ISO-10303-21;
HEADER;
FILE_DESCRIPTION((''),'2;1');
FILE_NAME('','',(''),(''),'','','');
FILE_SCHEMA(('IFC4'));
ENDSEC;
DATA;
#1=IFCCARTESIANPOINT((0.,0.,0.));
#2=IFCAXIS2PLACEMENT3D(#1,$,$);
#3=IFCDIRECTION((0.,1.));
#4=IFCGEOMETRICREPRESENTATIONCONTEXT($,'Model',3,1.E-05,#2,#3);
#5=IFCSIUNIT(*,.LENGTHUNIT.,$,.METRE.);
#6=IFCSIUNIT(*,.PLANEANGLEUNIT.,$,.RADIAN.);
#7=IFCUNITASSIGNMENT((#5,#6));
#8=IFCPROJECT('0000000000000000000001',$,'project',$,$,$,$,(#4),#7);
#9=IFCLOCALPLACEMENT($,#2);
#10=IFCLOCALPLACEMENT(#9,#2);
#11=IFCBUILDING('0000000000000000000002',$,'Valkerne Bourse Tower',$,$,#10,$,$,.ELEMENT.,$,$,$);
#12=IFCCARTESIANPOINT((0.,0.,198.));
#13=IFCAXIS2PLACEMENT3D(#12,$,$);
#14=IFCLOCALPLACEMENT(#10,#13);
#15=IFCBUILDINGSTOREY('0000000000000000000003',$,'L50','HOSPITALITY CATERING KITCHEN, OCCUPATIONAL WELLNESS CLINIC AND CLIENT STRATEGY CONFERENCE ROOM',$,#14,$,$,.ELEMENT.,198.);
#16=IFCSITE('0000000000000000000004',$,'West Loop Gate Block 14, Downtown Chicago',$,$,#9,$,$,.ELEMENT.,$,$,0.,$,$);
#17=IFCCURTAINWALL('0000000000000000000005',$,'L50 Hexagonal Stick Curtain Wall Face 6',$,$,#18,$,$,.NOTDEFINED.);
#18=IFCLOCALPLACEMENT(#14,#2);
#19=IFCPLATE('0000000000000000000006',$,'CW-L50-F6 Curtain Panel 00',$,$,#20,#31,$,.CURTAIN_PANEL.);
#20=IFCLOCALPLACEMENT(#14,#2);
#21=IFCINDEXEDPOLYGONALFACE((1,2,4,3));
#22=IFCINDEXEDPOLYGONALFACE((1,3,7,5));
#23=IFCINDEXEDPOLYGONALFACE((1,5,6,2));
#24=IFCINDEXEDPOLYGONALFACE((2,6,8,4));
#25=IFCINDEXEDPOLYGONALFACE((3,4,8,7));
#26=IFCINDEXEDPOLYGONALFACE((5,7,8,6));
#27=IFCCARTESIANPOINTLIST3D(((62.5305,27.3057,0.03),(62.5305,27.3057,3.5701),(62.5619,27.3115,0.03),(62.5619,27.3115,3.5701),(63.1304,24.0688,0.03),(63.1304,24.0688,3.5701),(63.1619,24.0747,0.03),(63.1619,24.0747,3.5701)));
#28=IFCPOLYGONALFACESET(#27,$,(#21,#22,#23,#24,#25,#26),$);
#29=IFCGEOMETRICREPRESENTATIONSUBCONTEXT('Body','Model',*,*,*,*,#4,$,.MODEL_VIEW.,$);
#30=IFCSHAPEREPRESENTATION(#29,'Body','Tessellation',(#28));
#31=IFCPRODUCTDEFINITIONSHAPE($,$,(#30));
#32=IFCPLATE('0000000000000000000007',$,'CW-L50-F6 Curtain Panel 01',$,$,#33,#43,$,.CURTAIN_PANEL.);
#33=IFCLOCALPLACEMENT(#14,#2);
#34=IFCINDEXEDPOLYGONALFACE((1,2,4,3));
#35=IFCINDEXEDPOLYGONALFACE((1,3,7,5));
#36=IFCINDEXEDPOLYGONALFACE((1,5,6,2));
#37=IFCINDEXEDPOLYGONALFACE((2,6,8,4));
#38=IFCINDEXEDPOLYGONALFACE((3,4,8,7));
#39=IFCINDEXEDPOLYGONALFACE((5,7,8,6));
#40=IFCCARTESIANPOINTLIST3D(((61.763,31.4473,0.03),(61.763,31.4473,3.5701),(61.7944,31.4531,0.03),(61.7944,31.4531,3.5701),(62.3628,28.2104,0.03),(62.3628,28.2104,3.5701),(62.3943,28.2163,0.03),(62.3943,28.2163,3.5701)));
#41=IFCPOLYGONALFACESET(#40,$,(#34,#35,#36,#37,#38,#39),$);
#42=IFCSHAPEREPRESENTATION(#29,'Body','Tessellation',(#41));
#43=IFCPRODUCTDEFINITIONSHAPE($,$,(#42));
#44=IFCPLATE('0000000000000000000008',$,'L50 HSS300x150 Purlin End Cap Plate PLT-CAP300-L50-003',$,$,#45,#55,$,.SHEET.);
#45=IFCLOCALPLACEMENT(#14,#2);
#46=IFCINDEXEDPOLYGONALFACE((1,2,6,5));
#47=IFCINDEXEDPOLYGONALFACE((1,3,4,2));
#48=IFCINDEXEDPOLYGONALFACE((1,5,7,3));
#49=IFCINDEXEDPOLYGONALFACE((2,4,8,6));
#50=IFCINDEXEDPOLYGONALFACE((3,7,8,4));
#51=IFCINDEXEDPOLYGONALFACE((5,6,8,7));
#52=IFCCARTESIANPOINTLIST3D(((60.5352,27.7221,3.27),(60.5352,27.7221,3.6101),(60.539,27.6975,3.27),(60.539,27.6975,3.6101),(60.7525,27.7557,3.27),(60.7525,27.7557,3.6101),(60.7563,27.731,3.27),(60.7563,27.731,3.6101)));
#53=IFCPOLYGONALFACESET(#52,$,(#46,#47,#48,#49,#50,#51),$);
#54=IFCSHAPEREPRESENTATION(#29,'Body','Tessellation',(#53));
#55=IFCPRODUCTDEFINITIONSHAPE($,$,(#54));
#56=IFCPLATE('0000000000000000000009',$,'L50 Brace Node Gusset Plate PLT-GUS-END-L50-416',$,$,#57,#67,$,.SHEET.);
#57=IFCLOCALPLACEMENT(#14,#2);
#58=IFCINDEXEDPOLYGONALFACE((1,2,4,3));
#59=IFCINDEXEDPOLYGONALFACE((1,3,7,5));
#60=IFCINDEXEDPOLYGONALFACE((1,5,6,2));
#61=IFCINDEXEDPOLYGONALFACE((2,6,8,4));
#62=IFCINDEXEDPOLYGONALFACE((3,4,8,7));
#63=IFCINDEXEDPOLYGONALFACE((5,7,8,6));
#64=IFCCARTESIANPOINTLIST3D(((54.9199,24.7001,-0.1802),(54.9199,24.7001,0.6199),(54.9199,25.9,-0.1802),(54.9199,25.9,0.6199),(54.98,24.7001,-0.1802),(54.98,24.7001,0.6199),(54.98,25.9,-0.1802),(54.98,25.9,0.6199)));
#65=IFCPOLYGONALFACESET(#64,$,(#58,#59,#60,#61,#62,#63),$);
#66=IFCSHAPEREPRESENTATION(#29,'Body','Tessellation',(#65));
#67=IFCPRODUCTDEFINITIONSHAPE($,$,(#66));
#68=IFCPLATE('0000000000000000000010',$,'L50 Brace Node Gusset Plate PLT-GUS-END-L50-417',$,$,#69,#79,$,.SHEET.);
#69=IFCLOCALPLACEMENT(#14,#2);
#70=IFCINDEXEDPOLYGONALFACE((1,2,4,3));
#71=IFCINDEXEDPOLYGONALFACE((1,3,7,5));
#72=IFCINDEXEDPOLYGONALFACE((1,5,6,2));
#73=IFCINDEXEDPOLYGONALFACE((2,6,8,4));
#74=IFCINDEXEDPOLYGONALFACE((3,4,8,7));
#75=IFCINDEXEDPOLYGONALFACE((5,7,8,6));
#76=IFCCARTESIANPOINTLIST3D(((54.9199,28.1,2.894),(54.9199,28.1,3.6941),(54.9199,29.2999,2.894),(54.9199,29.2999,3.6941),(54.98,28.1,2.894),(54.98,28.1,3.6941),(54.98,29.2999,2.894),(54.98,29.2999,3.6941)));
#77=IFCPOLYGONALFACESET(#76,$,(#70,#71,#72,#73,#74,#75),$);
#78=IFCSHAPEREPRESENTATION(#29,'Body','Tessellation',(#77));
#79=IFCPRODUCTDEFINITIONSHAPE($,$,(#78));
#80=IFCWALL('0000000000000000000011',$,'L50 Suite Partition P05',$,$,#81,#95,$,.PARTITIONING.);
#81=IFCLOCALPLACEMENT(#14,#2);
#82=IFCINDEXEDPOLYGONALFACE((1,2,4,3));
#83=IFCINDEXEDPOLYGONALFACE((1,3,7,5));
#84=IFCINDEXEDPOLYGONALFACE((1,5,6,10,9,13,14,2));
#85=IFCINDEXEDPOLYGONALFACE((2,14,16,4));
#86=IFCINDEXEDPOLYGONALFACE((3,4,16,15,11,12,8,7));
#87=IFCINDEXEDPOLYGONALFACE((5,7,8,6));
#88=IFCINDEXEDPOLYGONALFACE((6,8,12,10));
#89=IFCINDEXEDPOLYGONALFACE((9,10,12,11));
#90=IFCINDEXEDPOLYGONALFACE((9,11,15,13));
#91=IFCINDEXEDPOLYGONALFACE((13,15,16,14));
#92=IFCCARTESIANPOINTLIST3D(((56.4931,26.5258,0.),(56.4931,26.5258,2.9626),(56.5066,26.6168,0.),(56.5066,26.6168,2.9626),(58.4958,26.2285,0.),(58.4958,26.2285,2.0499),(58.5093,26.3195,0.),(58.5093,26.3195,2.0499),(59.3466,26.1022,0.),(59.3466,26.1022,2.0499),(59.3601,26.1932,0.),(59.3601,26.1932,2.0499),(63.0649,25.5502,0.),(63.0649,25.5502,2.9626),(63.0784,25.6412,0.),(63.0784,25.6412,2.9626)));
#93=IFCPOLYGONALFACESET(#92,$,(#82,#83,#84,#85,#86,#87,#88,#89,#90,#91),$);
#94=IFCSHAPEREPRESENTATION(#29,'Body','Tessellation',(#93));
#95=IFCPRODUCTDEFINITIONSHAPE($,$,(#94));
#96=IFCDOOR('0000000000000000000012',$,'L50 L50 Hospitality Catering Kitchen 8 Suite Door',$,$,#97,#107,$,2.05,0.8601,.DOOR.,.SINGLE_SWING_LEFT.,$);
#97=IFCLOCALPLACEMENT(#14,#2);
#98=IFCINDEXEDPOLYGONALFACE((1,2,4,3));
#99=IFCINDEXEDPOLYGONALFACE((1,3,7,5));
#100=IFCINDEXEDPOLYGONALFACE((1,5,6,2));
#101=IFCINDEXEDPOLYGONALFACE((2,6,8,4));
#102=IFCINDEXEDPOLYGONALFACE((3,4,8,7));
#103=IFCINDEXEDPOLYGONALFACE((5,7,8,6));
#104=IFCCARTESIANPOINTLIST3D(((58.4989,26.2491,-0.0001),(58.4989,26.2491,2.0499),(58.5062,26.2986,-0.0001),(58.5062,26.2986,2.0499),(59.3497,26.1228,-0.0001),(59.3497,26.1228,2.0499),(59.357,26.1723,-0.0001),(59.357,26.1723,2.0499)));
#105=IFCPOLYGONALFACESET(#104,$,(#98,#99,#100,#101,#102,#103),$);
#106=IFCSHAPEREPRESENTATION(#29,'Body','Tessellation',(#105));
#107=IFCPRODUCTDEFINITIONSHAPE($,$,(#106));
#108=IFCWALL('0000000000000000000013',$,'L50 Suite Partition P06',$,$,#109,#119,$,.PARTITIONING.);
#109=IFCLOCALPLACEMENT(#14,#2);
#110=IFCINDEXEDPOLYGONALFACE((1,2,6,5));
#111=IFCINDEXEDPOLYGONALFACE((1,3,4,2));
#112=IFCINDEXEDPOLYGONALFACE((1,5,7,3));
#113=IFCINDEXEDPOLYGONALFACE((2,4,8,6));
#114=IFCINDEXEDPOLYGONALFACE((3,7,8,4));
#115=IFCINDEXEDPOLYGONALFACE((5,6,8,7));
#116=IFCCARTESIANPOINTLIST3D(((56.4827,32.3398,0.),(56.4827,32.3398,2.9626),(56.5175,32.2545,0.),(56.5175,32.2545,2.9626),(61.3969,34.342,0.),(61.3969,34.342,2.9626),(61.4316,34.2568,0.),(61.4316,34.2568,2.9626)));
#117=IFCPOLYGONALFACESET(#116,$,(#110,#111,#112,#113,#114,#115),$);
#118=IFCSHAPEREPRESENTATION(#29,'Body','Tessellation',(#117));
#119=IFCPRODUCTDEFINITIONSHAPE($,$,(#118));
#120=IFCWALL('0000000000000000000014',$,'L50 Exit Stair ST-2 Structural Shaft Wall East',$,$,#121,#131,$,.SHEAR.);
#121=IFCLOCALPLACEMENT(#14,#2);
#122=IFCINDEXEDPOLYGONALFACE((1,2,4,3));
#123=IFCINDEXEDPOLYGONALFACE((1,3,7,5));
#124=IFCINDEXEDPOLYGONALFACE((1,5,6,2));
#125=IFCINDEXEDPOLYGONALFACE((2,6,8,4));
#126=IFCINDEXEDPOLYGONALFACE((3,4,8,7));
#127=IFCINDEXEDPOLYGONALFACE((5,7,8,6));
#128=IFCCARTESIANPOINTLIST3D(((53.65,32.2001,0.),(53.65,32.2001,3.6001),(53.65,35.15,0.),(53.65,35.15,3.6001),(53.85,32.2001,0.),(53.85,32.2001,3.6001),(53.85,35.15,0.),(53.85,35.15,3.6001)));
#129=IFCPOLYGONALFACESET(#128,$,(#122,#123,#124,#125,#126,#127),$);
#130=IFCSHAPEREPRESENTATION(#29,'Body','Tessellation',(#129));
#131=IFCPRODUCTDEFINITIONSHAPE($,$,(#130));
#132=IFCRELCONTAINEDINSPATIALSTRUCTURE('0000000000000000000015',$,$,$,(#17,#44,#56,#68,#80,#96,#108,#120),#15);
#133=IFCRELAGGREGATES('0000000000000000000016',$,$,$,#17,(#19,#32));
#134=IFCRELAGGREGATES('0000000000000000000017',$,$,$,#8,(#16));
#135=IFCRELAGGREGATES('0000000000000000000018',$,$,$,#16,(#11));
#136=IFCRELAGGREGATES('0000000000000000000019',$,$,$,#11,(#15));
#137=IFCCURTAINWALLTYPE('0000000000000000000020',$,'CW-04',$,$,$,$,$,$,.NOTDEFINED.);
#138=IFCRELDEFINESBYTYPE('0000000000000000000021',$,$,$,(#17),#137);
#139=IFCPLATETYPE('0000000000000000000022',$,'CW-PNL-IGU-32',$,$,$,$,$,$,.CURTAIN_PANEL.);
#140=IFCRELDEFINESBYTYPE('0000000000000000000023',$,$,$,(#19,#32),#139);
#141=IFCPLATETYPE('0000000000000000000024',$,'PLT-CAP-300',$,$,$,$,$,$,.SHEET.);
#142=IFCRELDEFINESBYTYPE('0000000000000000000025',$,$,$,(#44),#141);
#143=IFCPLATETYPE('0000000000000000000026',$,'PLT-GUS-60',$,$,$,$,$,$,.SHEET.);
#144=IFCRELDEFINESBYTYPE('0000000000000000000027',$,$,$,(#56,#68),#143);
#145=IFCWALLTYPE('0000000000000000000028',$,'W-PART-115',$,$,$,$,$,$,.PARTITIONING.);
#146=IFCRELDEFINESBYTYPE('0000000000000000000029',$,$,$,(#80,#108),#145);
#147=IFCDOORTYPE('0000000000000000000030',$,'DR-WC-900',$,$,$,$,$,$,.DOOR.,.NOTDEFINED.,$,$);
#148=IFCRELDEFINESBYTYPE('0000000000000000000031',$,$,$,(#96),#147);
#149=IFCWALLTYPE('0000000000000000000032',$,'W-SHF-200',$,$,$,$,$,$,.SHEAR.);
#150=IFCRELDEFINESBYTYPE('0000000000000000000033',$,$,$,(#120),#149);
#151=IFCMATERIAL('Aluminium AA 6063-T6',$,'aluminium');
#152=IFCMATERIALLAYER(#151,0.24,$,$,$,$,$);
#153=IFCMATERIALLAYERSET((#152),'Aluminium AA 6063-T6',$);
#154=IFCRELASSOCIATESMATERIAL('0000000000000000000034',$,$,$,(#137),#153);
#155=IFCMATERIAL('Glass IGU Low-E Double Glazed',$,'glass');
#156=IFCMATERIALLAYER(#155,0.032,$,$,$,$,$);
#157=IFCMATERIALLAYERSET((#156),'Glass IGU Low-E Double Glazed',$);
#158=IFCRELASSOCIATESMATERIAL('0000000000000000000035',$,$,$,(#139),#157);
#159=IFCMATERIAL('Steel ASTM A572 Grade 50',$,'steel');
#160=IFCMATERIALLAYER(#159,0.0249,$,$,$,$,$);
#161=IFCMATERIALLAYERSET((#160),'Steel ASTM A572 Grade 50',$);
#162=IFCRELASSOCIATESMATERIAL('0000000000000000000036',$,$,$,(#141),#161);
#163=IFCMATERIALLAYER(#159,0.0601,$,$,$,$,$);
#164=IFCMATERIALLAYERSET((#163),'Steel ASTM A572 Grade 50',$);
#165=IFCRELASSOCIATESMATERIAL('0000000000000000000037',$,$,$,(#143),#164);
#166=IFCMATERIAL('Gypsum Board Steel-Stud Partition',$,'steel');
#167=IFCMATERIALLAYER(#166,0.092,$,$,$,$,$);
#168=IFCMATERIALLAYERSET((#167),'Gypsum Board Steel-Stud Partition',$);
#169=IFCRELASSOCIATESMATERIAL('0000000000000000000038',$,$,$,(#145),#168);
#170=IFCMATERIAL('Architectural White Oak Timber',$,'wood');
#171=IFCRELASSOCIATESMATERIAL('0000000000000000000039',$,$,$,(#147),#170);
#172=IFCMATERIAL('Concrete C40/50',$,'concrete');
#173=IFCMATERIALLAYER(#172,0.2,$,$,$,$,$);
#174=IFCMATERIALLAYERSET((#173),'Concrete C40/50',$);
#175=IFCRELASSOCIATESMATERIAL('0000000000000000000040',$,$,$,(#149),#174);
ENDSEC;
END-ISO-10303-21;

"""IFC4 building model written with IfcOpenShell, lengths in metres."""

from ifc_helpers import new_model, si_unit, direction, frame, frame_2d, origin, origin_2d, place, context, subcontext, project, spatial, rectangle, extrude, material, layer, layer_set, type_object, element, fill, aggregate, save


model = new_model("IFC4")

# Units and contexts
model_context = context("Model", 3, precision=1e-05, world=origin(), true_north=direction((0.0, 1.0)))
body_context = subcontext(model_context, "Body", "Model", "MODEL_VIEW")
ifc_project = project(units=[si_unit("LENGTHUNIT", "METRE"), si_unit("PLANEANGLEUNIT", "RADIAN")], contexts=[model_context])

# Site, building, storey
site_placement = place(None, origin())
site = spatial("IfcSite", under=ifc_project, at=site_placement, Name="West Loop Gate Block 14, Downtown Chicago", CompositionType="ELEMENT", RefElevation=0.0)
building_placement = place(site_placement, origin())
building = spatial("IfcBuilding", under=site, at=building_placement, Name="Valkerne Bourse Tower", CompositionType="ELEMENT")
storey_placement = place(building_placement, frame((0.0, 0.0, 198.0)))
storey = spatial("IfcBuildingStorey", under=building, at=storey_placement, Name="L50", Description="HOSPITALITY CATERING KITCHEN, OCCUPATIONAL WELLNESS CLINIC AND CLIENT STRATEGY CONFERENCE ROOM", CompositionType="ELEMENT", Elevation=198.0)

# Curtain wall
ifc_material_1 = material(Name="Aluminium AA 6063-T6", Category="aluminium")
ifc_layer_1 = layer(ifc_material_1, 0.24)
ifc_layer_set_1 = layer_set([ifc_layer_1], Name="Aluminium AA 6063-T6")
curtain_wall_type = type_object("IfcCurtainWallType", Name="CW-04", PredefinedType="NOTDEFINED", material=ifc_layer_set_1)
curtain_wall_placement = place(storey_placement, origin())
curtain_wall = element("IfcCurtainWall", 1, at=curtain_wall_placement, inside=storey, type_object=curtain_wall_type, Name="L50 Hexagonal Stick Curtain Wall Face 6", PredefinedType="NOTDEFINED")

# Plates
ifc_material_2 = material(Name="Glass IGU Low-E Double Glazed", Category="glass")
ifc_layer_2 = layer(ifc_material_2, 0.032)
ifc_layer_set_2 = layer_set([ifc_layer_2], Name="Glass IGU Low-E Double Glazed")
plate_type_1 = type_object("IfcPlateType", Name="CW-PNL-IGU-32", PredefinedType="CURTAIN_PANEL", material=ifc_layer_set_2)
plate_1_placement = place(storey_placement, frame((62.8462, 25.6902, 0.03), z_axis=(0.0, 0.0, 1.0), x_axis=(-0.18224, 0.983254, 0.0)))
plate_1 = element("IfcPlate", 2, at=plate_1_placement, type_object=plate_type_1, Name="CW-L50-F6 Curtain Panel 00", PredefinedType="CURTAIN_PANEL", context=body_context, shape_type="SweptSolid", body=[
    extrude(rectangle(XDim=3.292, YDim=0.032, at=origin_2d()), origin(), (0.0, 0.0, 1.0), 3.54),
])
plate_2_placement = place(storey_placement, frame((62.0786, 29.8318, 0.03), z_axis=(0.0, 0.0, 1.0), x_axis=(-0.182217, 0.983258, 0.0)))
plate_2 = element("IfcPlate", 3, at=plate_2_placement, type_object=plate_type_1, Name="CW-L50-F6 Curtain Panel 01", PredefinedType="CURTAIN_PANEL", context=body_context, shape_type="SweptSolid", body=[
    extrude(rectangle(XDim=3.292, YDim=0.032, at=origin_2d()), origin(), (0.0, 0.0, 1.0), 3.54),
])
aggregate(curtain_wall, [plate_1, plate_2])

# Plates
ifc_material_3 = material(Name="Steel ASTM A572 Grade 50", Category="steel")
ifc_layer_3 = layer(ifc_material_3, 0.0249)
ifc_layer_set_3 = layer_set([ifc_layer_3], Name="Steel ASTM A572 Grade 50")
plate_type_2 = type_object("IfcPlateType", Name="PLT-CAP-300", PredefinedType="SHEET", material=ifc_layer_set_3)
plate_3_placement = place(storey_placement, frame((60.6458, 27.7266, 3.27), z_axis=(0.0, 0.0, 1.0), x_axis=(-0.152641, 0.988282, 0.0)))
element("IfcPlate", 4, at=plate_3_placement, inside=storey, type_object=plate_type_2, Name="L50 HSS300x150 Purlin End Cap Plate PLT-CAP300-L50-003", PredefinedType="SHEET", context=body_context, shape_type="SweptSolid", body=[
    extrude(rectangle(XDim=0.0249, YDim=0.22, at=origin_2d()), origin(), (0.0, 0.0, 1.0), 0.3401),
])
ifc_layer_4 = layer(ifc_material_3, 0.0601)
ifc_layer_set_4 = layer_set([ifc_layer_4], Name="Steel ASTM A572 Grade 50")
plate_type_3 = type_object("IfcPlateType", Name="PLT-GUS-60", PredefinedType="SHEET", material=ifc_layer_set_4)
for number, where, z_axis, x_axis, name in (
    (5, (54.95, 25.3, -0.1802), (0.0, 0.0, 1.0), (0.0, 1.0, 0.0), "L50 Brace Node Gusset Plate PLT-GUS-END-L50-416"),
    (6, (54.95, 28.7, 2.894), (0.0, 0.0, 1.0), (0.0, 1.0, 0.0), "L50 Brace Node Gusset Plate PLT-GUS-END-L50-417"),
):
    element("IfcPlate", number, at=place(storey_placement, frame(where, z_axis=z_axis, x_axis=x_axis)), inside=storey, type_object=plate_type_3, Name=name, PredefinedType="SHEET", context=body_context, shape_type="SweptSolid", body=[
        extrude(rectangle(XDim=1.2, YDim=0.0601, at=origin_2d()), origin(), (0.0, 0.0, 1.0), 0.8),
    ])

# Wall, opening, door
ifc_material_4 = material(Name="Gypsum Board Steel-Stud Partition", Category="steel")
ifc_layer_5 = layer(ifc_material_4, 0.092)
ifc_layer_set_5 = layer_set([ifc_layer_5], Name="Gypsum Board Steel-Stud Partition")
wall_type_1 = type_object("IfcWallType", Name="W-PART-115", PredefinedType="PARTITIONING", material=ifc_layer_set_5)
wall_1_placement = place(storey_placement, frame((56.5, 26.5713, 0.0), z_axis=(0.0, 0.0, 1.0), x_axis=(0.98916, -0.146842, 0.0)))
wall_1 = element("IfcWall", 7, at=wall_1_placement, inside=storey, type_object=wall_type_1, Name="L50 Suite Partition P05", PredefinedType="PARTITIONING", context=body_context, shape_type="SweptSolid", body=[
    extrude(rectangle(XDim=6.6438, YDim=0.092, at=frame_2d((3.3218, 0.0))), origin(), (0.0, 0.0, 1.0), 2.9626),
])
opening_1_placement = place(wall_1_placement, frame((2.0244, 0.0, 0.0)))
opening_1 = element("IfcOpeningElement", 8, at=opening_1_placement, cuts=wall_1, PredefinedType="OPENING", context=body_context, shape_type="SweptSolid", body=[
    extrude(rectangle(XDim=0.8601, YDim=2.05, at=frame_2d((0.4302, 1.0249))), frame((0.0, 0.0559, 0.0), z_axis=(0.0, -1.0, 0.0), x_axis=(1.0, 0.0, 0.0)), (0.0, 0.0, 1.0), 0.1121),
])
ifc_material_5 = material(Name="Architectural White Oak Timber", Category="wood")
door_type_1 = type_object("IfcDoorType", Name="DR-WC-900", OperationType="NOTDEFINED", PredefinedType="DOOR", material=ifc_material_5)
door_1_placement = place(opening_1_placement, origin())
door_1 = element("IfcDoor", 9, at=door_1_placement, inside=storey, type_object=door_type_1, Name="L50 L50 Hospitality Catering Kitchen 8 Suite Door", OperationType="SINGLE_SWING_LEFT", OverallHeight=2.05, OverallWidth=0.8601, PredefinedType="DOOR", context=body_context, shape_type="SweptSolid", body=[
    extrude(rectangle(XDim=0.8601, YDim=2.05, at=frame_2d((0.4302, 1.0249))), frame((0.0, 0.0249, 0.0), z_axis=(0.0, -1.0, 0.0), x_axis=(1.0, 0.0, 0.0)), (0.0, 0.0, 1.0), 0.05),
])
fill(opening_1, door_1)

# Walls
wall_2_placement = place(storey_placement, frame((56.5, 32.2971, 0.0), z_axis=(0.0, 0.0, 1.0), x_axis=(0.926081, 0.377325, 0.0)))
element("IfcWall", 10, at=wall_2_placement, inside=storey, type_object=wall_type_1, Name="L50 Suite Partition P06", PredefinedType="PARTITIONING", context=body_context, shape_type="SweptSolid", body=[
    extrude(rectangle(XDim=5.3064, YDim=0.092, at=frame_2d((2.6533, 0.0))), origin(), (0.0, 0.0, 1.0), 2.9626),
])
ifc_material_6 = material(Name="Concrete C40/50", Category="concrete")
ifc_layer_6 = layer(ifc_material_6, 0.2)
ifc_layer_set_6 = layer_set([ifc_layer_6], Name="Concrete C40/50")
wall_type_2 = type_object("IfcWallType", Name="W-SHF-200", PredefinedType="SHEAR", material=ifc_layer_set_6)
wall_3_placement = place(storey_placement, frame((53.75, 32.2, 0.0), z_axis=(0.0, 0.0, 1.0), x_axis=(0.0, 1.0, 0.0)))
element("IfcWall", 11, at=wall_3_placement, inside=storey, type_object=wall_type_2, Name="L50 Exit Stair ST-2 Structural Shaft Wall East", PredefinedType="SHEAR", context=body_context, shape_type="SweptSolid", body=[
    extrude(rectangle(XDim=2.95, YDim=0.2, at=frame_2d((1.4751, 0.0))), origin(), (0.0, 0.0, 1.0), 3.6001),
])

save(model, "model.ifc")
